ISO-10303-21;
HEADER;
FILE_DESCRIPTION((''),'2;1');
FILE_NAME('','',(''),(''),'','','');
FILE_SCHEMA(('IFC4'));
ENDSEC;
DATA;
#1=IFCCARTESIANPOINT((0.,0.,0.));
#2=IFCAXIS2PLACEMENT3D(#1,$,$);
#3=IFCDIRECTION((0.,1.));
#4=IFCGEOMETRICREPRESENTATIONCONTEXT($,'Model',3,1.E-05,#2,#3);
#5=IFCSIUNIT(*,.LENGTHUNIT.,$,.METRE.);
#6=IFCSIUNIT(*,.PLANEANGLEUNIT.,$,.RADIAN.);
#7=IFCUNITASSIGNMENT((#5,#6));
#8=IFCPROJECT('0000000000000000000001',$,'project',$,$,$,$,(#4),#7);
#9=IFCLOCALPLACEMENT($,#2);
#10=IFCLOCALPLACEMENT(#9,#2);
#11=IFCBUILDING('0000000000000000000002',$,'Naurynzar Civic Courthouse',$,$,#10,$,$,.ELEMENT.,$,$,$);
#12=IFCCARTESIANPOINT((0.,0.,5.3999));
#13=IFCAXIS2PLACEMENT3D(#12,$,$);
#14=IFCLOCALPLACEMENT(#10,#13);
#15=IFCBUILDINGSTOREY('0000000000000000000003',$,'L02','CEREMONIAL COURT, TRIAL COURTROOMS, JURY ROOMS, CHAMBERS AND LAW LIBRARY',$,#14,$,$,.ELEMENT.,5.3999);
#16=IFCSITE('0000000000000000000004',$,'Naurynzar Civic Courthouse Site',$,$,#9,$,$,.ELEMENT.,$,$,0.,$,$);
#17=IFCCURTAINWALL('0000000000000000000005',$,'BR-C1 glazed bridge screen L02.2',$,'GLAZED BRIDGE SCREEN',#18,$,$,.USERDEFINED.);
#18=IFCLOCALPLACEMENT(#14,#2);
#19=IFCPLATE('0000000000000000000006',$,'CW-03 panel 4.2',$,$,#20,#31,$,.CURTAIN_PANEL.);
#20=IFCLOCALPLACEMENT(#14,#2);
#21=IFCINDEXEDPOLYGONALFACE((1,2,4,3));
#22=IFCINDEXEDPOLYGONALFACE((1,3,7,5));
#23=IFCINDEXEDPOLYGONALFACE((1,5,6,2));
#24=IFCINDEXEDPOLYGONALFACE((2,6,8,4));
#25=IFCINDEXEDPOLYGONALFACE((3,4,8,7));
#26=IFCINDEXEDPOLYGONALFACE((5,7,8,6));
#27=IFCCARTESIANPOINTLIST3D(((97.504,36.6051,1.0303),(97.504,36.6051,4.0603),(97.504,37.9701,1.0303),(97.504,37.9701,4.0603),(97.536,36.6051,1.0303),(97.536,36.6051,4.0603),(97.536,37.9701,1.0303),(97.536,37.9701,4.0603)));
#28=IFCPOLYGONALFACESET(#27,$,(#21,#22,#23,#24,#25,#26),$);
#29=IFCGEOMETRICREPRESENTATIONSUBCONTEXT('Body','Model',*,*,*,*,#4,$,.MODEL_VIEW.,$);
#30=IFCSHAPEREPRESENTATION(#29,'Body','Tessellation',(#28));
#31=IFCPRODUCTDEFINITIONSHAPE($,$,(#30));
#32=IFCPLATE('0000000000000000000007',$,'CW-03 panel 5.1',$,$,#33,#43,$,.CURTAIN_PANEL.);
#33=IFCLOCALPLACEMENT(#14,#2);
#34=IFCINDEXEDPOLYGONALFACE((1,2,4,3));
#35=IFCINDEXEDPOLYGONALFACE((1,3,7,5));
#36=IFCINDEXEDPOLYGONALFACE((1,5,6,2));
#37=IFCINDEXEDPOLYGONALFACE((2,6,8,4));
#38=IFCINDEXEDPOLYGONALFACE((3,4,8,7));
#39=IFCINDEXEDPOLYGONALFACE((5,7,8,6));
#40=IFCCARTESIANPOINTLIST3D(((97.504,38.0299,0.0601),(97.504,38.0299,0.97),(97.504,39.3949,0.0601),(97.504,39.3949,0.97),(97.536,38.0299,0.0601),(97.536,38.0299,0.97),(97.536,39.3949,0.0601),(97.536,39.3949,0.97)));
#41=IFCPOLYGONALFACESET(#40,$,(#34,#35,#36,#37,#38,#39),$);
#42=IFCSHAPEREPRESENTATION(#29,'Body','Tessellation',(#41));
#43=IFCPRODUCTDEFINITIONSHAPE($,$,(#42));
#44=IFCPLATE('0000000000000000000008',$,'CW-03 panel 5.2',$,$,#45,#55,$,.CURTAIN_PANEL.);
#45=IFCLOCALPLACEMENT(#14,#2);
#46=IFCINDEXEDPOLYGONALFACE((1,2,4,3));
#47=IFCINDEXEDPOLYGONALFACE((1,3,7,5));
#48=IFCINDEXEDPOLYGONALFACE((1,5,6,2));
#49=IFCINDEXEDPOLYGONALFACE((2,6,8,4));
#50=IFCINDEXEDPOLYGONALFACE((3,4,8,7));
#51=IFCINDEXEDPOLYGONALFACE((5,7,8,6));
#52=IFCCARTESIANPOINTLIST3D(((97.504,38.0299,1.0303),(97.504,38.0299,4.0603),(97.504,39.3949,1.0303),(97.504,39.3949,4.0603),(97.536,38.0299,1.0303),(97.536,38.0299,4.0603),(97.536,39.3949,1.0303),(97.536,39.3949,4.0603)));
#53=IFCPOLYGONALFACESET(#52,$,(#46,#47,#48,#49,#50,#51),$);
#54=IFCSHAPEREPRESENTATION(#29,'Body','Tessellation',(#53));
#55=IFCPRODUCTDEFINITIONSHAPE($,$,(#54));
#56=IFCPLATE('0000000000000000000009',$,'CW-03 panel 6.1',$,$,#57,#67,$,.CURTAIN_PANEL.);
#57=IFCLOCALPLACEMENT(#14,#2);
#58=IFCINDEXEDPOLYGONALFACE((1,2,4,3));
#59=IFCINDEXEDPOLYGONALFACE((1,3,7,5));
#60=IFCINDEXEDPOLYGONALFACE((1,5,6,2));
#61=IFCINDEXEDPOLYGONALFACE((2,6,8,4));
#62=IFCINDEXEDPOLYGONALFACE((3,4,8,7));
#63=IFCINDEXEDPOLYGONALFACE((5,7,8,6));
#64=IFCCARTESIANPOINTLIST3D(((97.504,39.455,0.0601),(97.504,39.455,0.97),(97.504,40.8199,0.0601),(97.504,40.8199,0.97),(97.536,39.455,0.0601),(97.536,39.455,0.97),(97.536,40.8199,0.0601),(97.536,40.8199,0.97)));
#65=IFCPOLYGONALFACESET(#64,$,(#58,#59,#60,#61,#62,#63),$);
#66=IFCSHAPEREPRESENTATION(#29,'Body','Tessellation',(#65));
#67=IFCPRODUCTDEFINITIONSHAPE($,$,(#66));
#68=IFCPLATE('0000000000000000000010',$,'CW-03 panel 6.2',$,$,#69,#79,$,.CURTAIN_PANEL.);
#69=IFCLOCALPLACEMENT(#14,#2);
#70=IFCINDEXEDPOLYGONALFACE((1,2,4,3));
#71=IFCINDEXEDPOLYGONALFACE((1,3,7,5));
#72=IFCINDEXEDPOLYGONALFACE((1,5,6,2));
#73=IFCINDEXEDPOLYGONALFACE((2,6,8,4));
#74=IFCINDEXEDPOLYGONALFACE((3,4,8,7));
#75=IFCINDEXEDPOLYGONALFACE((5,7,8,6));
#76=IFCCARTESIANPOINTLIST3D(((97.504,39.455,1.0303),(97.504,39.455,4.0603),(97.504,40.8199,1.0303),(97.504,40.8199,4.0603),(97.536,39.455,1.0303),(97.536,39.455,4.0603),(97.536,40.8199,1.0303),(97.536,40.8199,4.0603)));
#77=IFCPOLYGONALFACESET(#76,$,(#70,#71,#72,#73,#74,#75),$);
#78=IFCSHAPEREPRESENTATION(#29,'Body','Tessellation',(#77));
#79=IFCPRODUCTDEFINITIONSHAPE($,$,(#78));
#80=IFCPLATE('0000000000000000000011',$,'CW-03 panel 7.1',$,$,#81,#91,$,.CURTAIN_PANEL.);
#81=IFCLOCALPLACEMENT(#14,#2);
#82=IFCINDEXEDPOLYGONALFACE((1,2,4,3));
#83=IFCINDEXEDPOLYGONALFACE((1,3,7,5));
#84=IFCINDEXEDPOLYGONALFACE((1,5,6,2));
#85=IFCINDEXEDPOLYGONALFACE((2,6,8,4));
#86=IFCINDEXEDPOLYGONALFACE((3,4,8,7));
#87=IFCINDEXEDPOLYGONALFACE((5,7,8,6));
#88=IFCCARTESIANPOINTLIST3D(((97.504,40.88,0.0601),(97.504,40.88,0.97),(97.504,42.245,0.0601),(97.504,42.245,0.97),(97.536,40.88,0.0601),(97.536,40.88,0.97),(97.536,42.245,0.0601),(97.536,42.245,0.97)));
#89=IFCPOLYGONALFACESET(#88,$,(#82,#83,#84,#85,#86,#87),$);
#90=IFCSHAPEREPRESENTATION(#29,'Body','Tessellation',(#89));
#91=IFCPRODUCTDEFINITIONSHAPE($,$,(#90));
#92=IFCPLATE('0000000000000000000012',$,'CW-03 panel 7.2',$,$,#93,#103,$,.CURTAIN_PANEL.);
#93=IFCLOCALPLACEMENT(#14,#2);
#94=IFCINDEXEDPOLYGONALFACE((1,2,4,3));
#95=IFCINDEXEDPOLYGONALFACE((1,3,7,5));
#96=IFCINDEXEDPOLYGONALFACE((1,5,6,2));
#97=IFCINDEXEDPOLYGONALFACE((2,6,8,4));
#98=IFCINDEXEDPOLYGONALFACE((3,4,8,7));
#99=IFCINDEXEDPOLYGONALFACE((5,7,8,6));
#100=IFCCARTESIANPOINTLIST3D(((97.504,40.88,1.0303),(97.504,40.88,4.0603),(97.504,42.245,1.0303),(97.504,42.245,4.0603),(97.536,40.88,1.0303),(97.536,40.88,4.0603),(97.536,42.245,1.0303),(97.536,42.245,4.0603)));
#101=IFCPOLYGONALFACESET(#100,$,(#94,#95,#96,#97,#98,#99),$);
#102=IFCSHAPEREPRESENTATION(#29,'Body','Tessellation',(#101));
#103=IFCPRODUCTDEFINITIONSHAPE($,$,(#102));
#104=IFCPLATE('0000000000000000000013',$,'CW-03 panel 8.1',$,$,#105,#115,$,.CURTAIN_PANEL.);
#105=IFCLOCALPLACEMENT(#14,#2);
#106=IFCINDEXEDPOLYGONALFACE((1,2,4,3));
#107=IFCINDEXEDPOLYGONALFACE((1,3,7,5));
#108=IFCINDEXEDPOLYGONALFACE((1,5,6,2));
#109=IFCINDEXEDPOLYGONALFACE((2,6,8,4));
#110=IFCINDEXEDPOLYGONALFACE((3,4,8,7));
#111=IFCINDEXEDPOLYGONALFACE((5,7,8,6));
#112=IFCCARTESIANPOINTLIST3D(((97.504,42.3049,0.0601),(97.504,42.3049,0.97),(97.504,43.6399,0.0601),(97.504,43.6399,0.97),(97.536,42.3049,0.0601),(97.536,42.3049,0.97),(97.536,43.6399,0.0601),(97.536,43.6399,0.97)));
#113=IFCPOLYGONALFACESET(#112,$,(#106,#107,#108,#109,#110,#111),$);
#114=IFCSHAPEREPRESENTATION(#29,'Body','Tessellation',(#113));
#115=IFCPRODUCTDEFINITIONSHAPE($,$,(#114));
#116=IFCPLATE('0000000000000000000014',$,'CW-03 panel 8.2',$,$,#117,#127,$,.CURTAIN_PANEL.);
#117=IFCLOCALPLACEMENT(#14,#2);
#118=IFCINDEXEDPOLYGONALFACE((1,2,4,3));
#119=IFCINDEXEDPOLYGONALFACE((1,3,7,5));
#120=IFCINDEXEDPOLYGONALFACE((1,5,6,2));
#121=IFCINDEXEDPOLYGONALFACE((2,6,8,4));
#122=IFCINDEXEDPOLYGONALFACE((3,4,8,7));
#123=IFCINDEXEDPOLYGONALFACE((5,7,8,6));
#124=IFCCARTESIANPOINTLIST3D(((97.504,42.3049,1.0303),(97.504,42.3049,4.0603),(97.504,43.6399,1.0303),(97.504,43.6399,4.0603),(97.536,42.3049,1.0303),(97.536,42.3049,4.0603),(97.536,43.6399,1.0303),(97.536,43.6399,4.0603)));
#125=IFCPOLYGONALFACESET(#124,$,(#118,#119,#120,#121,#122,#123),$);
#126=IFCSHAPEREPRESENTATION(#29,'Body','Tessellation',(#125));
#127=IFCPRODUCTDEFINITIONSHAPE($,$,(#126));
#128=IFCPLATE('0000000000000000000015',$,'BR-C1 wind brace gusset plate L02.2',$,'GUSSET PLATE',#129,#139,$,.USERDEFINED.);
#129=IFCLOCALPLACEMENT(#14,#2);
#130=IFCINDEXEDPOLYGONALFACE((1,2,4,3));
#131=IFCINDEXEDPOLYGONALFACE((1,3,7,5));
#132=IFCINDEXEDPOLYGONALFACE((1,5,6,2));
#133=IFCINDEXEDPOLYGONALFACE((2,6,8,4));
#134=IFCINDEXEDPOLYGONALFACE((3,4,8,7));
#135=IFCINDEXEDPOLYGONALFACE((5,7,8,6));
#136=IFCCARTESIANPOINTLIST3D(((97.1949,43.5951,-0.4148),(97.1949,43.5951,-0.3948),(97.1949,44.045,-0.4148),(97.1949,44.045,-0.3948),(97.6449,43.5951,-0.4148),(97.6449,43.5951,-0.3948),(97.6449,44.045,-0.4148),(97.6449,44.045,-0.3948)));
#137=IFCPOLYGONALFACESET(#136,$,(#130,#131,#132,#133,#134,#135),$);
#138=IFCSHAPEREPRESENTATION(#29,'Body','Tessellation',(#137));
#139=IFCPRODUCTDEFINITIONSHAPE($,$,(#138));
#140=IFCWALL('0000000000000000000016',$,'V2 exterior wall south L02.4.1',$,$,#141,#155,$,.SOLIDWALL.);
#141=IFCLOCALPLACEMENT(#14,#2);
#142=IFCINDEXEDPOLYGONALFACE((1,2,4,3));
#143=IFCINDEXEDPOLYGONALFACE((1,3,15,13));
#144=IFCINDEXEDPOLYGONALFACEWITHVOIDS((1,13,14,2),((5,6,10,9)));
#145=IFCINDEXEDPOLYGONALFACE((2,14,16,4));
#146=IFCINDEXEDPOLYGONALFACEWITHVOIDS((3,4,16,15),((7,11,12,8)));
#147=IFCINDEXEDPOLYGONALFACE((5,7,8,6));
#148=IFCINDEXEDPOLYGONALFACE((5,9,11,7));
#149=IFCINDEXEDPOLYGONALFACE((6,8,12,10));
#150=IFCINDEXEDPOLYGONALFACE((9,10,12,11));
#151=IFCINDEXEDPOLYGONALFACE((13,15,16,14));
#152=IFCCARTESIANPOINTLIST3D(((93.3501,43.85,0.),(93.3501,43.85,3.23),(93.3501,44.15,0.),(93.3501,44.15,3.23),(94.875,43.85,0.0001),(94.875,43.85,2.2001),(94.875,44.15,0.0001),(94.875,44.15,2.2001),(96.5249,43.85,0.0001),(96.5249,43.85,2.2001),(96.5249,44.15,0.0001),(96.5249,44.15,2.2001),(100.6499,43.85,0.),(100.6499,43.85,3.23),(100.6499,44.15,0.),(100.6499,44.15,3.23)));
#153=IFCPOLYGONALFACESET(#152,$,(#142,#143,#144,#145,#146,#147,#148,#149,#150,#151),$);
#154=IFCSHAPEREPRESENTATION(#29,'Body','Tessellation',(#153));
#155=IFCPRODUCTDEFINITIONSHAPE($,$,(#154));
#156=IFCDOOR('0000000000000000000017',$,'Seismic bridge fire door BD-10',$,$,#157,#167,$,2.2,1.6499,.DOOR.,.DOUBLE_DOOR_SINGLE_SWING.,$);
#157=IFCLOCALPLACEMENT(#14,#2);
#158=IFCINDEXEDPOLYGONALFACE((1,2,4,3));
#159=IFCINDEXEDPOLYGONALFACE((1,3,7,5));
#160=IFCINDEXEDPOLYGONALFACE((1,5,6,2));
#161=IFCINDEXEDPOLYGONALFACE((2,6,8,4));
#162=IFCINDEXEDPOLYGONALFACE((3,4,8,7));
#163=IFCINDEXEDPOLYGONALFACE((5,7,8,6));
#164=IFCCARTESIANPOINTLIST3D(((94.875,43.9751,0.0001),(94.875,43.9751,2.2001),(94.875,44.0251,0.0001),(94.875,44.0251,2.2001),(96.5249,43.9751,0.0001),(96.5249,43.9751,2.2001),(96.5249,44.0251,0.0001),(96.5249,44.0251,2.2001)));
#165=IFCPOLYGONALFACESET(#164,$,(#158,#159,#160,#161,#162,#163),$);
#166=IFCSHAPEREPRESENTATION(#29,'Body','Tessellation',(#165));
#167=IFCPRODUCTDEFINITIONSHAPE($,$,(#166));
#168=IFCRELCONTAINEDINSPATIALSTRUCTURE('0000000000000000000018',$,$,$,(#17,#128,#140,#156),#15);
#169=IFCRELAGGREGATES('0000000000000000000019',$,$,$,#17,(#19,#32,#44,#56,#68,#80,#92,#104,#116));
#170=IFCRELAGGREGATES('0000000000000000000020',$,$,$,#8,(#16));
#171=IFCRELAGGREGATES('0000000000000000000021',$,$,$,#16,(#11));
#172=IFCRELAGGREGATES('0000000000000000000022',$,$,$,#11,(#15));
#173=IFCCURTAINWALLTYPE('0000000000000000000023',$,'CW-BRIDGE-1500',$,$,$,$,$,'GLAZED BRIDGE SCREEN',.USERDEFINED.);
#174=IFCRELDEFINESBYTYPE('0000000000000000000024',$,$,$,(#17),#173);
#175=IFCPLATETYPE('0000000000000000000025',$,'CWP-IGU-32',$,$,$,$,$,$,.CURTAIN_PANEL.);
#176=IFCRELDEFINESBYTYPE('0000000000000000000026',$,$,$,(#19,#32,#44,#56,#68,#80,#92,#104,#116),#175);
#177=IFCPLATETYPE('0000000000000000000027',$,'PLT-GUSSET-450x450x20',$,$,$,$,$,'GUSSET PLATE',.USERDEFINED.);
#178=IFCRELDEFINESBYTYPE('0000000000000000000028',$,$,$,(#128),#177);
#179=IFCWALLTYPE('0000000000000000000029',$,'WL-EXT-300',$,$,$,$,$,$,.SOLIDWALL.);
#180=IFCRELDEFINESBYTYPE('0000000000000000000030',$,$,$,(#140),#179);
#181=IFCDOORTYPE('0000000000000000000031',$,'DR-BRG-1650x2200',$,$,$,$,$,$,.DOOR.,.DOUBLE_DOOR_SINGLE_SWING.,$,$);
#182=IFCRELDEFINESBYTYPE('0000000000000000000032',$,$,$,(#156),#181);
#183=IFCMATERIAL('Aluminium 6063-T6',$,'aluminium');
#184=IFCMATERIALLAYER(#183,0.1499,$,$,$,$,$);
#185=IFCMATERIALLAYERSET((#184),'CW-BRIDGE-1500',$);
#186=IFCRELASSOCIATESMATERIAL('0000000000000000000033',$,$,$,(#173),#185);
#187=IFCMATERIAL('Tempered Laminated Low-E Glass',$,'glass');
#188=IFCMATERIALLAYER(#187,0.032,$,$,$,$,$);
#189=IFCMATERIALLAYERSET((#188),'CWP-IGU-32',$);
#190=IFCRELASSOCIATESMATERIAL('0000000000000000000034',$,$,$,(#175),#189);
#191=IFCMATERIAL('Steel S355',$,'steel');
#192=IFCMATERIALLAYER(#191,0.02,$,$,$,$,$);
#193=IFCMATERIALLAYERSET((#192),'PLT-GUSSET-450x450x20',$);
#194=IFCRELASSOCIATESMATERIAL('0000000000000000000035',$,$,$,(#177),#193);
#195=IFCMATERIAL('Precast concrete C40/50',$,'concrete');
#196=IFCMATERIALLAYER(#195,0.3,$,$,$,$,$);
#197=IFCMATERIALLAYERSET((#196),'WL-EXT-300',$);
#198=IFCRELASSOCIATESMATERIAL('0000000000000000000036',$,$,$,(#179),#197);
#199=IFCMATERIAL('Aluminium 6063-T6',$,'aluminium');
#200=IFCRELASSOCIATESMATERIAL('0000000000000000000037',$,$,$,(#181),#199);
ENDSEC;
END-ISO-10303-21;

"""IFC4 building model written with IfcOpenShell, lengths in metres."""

from ifc_helpers import new_model, si_unit, direction, frame, frame_2d, origin, origin_2d, place, context, subcontext, project, spatial, rectangle, extrude, material, layer, layer_set, type_object, element, fill, aggregate, save


model = new_model("IFC4")

# Units and contexts
model_context = context("Model", 3, precision=1e-05, world=origin(), true_north=direction((0.0, 1.0)))
body_context = subcontext(model_context, "Body", "Model", "MODEL_VIEW")
ifc_project = project(units=[si_unit("LENGTHUNIT", "METRE"), si_unit("PLANEANGLEUNIT", "RADIAN")], contexts=[model_context])

# Site, building, storey
site_placement = place(None, origin())
site = spatial("IfcSite", under=ifc_project, at=site_placement, Name="Naurynzar Civic Courthouse Site", CompositionType="ELEMENT", RefElevation=0.0)
building_placement = place(site_placement, origin())
building = spatial("IfcBuilding", under=site, at=building_placement, Name="Naurynzar Civic Courthouse", CompositionType="ELEMENT")
storey_placement = place(building_placement, frame((0.0, 0.0, 5.3999)))
storey = spatial("IfcBuildingStorey", under=building, at=storey_placement, Name="L02", Description="CEREMONIAL COURT, TRIAL COURTROOMS, JURY ROOMS, CHAMBERS AND LAW LIBRARY", CompositionType="ELEMENT", Elevation=5.3999)

# Shared definitions
ifc_material_1 = material(Name="Aluminium 6063-T6", Category="aluminium")
ifc_layer_1 = layer(ifc_material_1, 0.1499)
ifc_layer_set_1 = layer_set([ifc_layer_1], Name="CW-BRIDGE-1500")
curtain_wall_type = type_object("IfcCurtainWallType", Name="CW-BRIDGE-1500", ElementType="GLAZED BRIDGE SCREEN", PredefinedType="USERDEFINED", material=ifc_layer_set_1)

# Curtain wall
curtain_wall_1_placement = place(storey_placement, origin())
curtain_wall_1 = element("IfcCurtainWall", 1, at=curtain_wall_1_placement, inside=storey, type_object=curtain_wall_type, Name="BR-C1 glazed bridge screen L02.2", ObjectType="GLAZED BRIDGE SCREEN", PredefinedType="USERDEFINED")

# Plates
ifc_material_2 = material(Name="Tempered Laminated Low-E Glass", Category="glass")
ifc_layer_2 = layer(ifc_material_2, 0.032)
ifc_layer_set_2 = layer_set([ifc_layer_2], Name="CWP-IGU-32")
plate_type_1 = type_object("IfcPlateType", Name="CWP-IGU-32", PredefinedType="CURTAIN_PANEL", material=ifc_layer_set_2)
plate_1_placement = place(storey_placement, frame((97.52, 37.2876, 1.0303), z_axis=(0.0, 0.0, 1.0), x_axis=(0.0, 1.0, 0.0)))
plate_1 = element("IfcPlate", 2, at=plate_1_placement, type_object=plate_type_1, Name="CW-03 panel 4.2", PredefinedType="CURTAIN_PANEL", context=body_context, shape_type="SweptSolid", body=[
    extrude(rectangle(XDim=1.365, YDim=0.032, at=origin_2d()), origin(), (0.0, 0.0, 1.0), 3.03),
])
plate_2_placement = place(storey_placement, frame((97.52, 38.7124, 0.0601), z_axis=(0.0, 0.0, 1.0), x_axis=(0.0, 1.0, 0.0)))
plate_2 = element("IfcPlate", 3, at=plate_2_placement, type_object=plate_type_1, Name="CW-03 panel 5.1", PredefinedType="CURTAIN_PANEL", context=body_context, shape_type="SweptSolid", body=[
    extrude(rectangle(XDim=1.365, YDim=0.032, at=origin_2d()), origin(), (0.0, 0.0, 1.0), 0.9099),
])
plate_3_placement = place(storey_placement, frame((97.52, 38.7124, 1.0303), z_axis=(0.0, 0.0, 1.0), x_axis=(0.0, 1.0, 0.0)))
plate_3 = element("IfcPlate", 4, at=plate_3_placement, type_object=plate_type_1, Name="CW-03 panel 5.2", PredefinedType="CURTAIN_PANEL", context=body_context, shape_type="SweptSolid", body=[
    extrude(rectangle(XDim=1.365, YDim=0.032, at=origin_2d()), origin(), (0.0, 0.0, 1.0), 3.03),
])
plate_4_placement = place(storey_placement, frame((97.52, 40.1375, 0.0601), z_axis=(0.0, 0.0, 1.0), x_axis=(0.0, 1.0, 0.0)))
plate_4 = element("IfcPlate", 5, at=plate_4_placement, type_object=plate_type_1, Name="CW-03 panel 6.1", PredefinedType="CURTAIN_PANEL", context=body_context, shape_type="SweptSolid", body=[
    extrude(rectangle(XDim=1.365, YDim=0.032, at=origin_2d()), origin(), (0.0, 0.0, 1.0), 0.9099),
])
plate_5_placement = place(storey_placement, frame((97.52, 40.1375, 1.0303), z_axis=(0.0, 0.0, 1.0), x_axis=(0.0, 1.0, 0.0)))
plate_5 = element("IfcPlate", 6, at=plate_5_placement, type_object=plate_type_1, Name="CW-03 panel 6.2", PredefinedType="CURTAIN_PANEL", context=body_context, shape_type="SweptSolid", body=[
    extrude(rectangle(XDim=1.365, YDim=0.032, at=origin_2d()), origin(), (0.0, 0.0, 1.0), 3.03),
])
plate_6_placement = place(storey_placement, frame((97.52, 41.5625, 0.0601), z_axis=(0.0, 0.0, 1.0), x_axis=(0.0, 1.0, 0.0)))
plate_6 = element("IfcPlate", 7, at=plate_6_placement, type_object=plate_type_1, Name="CW-03 panel 7.1", PredefinedType="CURTAIN_PANEL", context=body_context, shape_type="SweptSolid", body=[
    extrude(rectangle(XDim=1.365, YDim=0.032, at=origin_2d()), origin(), (0.0, 0.0, 1.0), 0.9099),
])
plate_7_placement = place(storey_placement, frame((97.52, 41.5625, 1.0303), z_axis=(0.0, 0.0, 1.0), x_axis=(0.0, 1.0, 0.0)))
plate_7 = element("IfcPlate", 8, at=plate_7_placement, type_object=plate_type_1, Name="CW-03 panel 7.2", PredefinedType="CURTAIN_PANEL", context=body_context, shape_type="SweptSolid", body=[
    extrude(rectangle(XDim=1.365, YDim=0.032, at=origin_2d()), origin(), (0.0, 0.0, 1.0), 3.03),
])
plate_8_placement = place(storey_placement, frame((97.52, 42.9724, 0.0601), z_axis=(0.0, 0.0, 1.0), x_axis=(0.0, 1.0, 0.0)))
plate_8 = element("IfcPlate", 9, at=plate_8_placement, type_object=plate_type_1, Name="CW-03 panel 8.1", PredefinedType="CURTAIN_PANEL", context=body_context, shape_type="SweptSolid", body=[
    extrude(rectangle(XDim=1.335, YDim=0.032, at=origin_2d()), origin(), (0.0, 0.0, 1.0), 0.9099),
])
plate_9_placement = place(storey_placement, frame((97.52, 42.9724, 1.0303), z_axis=(0.0, 0.0, 1.0), x_axis=(0.0, 1.0, 0.0)))
plate_9 = element("IfcPlate", 10, at=plate_9_placement, type_object=plate_type_1, Name="CW-03 panel 8.2", PredefinedType="CURTAIN_PANEL", context=body_context, shape_type="SweptSolid", body=[
    extrude(rectangle(XDim=1.335, YDim=0.032, at=origin_2d()), origin(), (0.0, 0.0, 1.0), 3.03),
])
aggregate(curtain_wall_1, [plate_1, plate_2, plate_3, plate_4, plate_5, plate_6, plate_7, plate_8, plate_9])
ifc_material_3 = material(Name="Steel S355", Category="steel")
ifc_layer_3 = layer(ifc_material_3, 0.02)
ifc_layer_set_3 = layer_set([ifc_layer_3], Name="PLT-GUSSET-450x450x20")
plate_type_2 = type_object("IfcPlateType", Name="PLT-GUSSET-450x450x20", ElementType="GUSSET PLATE", PredefinedType="USERDEFINED", material=ifc_layer_set_3)
plate_10_placement = place(storey_placement, frame((97.4199, 43.8201, -0.4148), z_axis=(0.0, 0.0, 1.0), x_axis=(1.0, 0.0, 0.0)))
element("IfcPlate", 11, at=plate_10_placement, inside=storey, type_object=plate_type_2, Name="BR-C1 wind brace gusset plate L02.2", ObjectType="GUSSET PLATE", PredefinedType="USERDEFINED", context=body_context, shape_type="SweptSolid", body=[
    extrude(rectangle(XDim=0.45, YDim=0.45, at=origin_2d()), origin(), (0.0, 0.0, 1.0), 0.02),
])

# Wall, opening, door
ifc_material_4 = material(Name="Precast concrete C40/50", Category="concrete")
ifc_layer_4 = layer(ifc_material_4, 0.3)
ifc_layer_set_4 = layer_set([ifc_layer_4], Name="WL-EXT-300")
wall_type = type_object("IfcWallType", Name="WL-EXT-300", PredefinedType="SOLIDWALL", material=ifc_layer_set_4)
wall_placement = place(storey_placement, frame((100.6499, 44.0, 0.0), z_axis=(0.0, 0.0, 1.0), x_axis=(-1.0, 0.0, 0.0)))
wall = element("IfcWall", 12, at=wall_placement, inside=storey, type_object=wall_type, Name="V2 exterior wall south L02.4.1", PredefinedType="SOLIDWALL", context=body_context, shape_type="SweptSolid", body=[
    extrude(rectangle(XDim=7.2998, YDim=0.3, at=frame_2d((3.6499, 0.0))), origin(), (0.0, 0.0, 1.0), 3.23),
])
opening_placement = place(wall_placement, frame((4.125, 0.0, 0.0)))
opening = element("IfcOpeningElement", 13, at=opening_placement, cuts=wall, PredefinedType="OPENING", context=body_context, shape_type="SweptSolid", body=[
    extrude(rectangle(XDim=1.6499, YDim=2.2, at=frame_2d((0.825, 1.1001))), frame((0.0, 0.1599, 0.0), z_axis=(0.0, -1.0, 0.0), x_axis=(1.0, 0.0, 0.0)), (0.0, 0.0, 1.0), 0.3201),
])
ifc_material_5 = material(Name="Aluminium 6063-T6", Category="aluminium")
door_type = type_object("IfcDoorType", Name="DR-BRG-1650x2200", OperationType="DOUBLE_DOOR_SINGLE_SWING", PredefinedType="DOOR", material=ifc_material_5)
door_placement = place(opening_placement, origin())
door = element("IfcDoor", 14, at=door_placement, inside=storey, type_object=door_type, Name="Seismic bridge fire door BD-10", OperationType="DOUBLE_DOOR_SINGLE_SWING", OverallHeight=2.2, OverallWidth=1.6499, PredefinedType="DOOR", context=body_context, shape_type="SweptSolid", body=[
    extrude(rectangle(XDim=1.6499, YDim=2.2, at=frame_2d((0.825, 1.1001))), frame((0.0, 0.0249, 0.0), z_axis=(0.0, -1.0, 0.0), x_axis=(1.0, 0.0, 0.0)), (0.0, 0.0, 1.0), 0.05),
])
fill(opening, door)

save(model, "model.ifc")
